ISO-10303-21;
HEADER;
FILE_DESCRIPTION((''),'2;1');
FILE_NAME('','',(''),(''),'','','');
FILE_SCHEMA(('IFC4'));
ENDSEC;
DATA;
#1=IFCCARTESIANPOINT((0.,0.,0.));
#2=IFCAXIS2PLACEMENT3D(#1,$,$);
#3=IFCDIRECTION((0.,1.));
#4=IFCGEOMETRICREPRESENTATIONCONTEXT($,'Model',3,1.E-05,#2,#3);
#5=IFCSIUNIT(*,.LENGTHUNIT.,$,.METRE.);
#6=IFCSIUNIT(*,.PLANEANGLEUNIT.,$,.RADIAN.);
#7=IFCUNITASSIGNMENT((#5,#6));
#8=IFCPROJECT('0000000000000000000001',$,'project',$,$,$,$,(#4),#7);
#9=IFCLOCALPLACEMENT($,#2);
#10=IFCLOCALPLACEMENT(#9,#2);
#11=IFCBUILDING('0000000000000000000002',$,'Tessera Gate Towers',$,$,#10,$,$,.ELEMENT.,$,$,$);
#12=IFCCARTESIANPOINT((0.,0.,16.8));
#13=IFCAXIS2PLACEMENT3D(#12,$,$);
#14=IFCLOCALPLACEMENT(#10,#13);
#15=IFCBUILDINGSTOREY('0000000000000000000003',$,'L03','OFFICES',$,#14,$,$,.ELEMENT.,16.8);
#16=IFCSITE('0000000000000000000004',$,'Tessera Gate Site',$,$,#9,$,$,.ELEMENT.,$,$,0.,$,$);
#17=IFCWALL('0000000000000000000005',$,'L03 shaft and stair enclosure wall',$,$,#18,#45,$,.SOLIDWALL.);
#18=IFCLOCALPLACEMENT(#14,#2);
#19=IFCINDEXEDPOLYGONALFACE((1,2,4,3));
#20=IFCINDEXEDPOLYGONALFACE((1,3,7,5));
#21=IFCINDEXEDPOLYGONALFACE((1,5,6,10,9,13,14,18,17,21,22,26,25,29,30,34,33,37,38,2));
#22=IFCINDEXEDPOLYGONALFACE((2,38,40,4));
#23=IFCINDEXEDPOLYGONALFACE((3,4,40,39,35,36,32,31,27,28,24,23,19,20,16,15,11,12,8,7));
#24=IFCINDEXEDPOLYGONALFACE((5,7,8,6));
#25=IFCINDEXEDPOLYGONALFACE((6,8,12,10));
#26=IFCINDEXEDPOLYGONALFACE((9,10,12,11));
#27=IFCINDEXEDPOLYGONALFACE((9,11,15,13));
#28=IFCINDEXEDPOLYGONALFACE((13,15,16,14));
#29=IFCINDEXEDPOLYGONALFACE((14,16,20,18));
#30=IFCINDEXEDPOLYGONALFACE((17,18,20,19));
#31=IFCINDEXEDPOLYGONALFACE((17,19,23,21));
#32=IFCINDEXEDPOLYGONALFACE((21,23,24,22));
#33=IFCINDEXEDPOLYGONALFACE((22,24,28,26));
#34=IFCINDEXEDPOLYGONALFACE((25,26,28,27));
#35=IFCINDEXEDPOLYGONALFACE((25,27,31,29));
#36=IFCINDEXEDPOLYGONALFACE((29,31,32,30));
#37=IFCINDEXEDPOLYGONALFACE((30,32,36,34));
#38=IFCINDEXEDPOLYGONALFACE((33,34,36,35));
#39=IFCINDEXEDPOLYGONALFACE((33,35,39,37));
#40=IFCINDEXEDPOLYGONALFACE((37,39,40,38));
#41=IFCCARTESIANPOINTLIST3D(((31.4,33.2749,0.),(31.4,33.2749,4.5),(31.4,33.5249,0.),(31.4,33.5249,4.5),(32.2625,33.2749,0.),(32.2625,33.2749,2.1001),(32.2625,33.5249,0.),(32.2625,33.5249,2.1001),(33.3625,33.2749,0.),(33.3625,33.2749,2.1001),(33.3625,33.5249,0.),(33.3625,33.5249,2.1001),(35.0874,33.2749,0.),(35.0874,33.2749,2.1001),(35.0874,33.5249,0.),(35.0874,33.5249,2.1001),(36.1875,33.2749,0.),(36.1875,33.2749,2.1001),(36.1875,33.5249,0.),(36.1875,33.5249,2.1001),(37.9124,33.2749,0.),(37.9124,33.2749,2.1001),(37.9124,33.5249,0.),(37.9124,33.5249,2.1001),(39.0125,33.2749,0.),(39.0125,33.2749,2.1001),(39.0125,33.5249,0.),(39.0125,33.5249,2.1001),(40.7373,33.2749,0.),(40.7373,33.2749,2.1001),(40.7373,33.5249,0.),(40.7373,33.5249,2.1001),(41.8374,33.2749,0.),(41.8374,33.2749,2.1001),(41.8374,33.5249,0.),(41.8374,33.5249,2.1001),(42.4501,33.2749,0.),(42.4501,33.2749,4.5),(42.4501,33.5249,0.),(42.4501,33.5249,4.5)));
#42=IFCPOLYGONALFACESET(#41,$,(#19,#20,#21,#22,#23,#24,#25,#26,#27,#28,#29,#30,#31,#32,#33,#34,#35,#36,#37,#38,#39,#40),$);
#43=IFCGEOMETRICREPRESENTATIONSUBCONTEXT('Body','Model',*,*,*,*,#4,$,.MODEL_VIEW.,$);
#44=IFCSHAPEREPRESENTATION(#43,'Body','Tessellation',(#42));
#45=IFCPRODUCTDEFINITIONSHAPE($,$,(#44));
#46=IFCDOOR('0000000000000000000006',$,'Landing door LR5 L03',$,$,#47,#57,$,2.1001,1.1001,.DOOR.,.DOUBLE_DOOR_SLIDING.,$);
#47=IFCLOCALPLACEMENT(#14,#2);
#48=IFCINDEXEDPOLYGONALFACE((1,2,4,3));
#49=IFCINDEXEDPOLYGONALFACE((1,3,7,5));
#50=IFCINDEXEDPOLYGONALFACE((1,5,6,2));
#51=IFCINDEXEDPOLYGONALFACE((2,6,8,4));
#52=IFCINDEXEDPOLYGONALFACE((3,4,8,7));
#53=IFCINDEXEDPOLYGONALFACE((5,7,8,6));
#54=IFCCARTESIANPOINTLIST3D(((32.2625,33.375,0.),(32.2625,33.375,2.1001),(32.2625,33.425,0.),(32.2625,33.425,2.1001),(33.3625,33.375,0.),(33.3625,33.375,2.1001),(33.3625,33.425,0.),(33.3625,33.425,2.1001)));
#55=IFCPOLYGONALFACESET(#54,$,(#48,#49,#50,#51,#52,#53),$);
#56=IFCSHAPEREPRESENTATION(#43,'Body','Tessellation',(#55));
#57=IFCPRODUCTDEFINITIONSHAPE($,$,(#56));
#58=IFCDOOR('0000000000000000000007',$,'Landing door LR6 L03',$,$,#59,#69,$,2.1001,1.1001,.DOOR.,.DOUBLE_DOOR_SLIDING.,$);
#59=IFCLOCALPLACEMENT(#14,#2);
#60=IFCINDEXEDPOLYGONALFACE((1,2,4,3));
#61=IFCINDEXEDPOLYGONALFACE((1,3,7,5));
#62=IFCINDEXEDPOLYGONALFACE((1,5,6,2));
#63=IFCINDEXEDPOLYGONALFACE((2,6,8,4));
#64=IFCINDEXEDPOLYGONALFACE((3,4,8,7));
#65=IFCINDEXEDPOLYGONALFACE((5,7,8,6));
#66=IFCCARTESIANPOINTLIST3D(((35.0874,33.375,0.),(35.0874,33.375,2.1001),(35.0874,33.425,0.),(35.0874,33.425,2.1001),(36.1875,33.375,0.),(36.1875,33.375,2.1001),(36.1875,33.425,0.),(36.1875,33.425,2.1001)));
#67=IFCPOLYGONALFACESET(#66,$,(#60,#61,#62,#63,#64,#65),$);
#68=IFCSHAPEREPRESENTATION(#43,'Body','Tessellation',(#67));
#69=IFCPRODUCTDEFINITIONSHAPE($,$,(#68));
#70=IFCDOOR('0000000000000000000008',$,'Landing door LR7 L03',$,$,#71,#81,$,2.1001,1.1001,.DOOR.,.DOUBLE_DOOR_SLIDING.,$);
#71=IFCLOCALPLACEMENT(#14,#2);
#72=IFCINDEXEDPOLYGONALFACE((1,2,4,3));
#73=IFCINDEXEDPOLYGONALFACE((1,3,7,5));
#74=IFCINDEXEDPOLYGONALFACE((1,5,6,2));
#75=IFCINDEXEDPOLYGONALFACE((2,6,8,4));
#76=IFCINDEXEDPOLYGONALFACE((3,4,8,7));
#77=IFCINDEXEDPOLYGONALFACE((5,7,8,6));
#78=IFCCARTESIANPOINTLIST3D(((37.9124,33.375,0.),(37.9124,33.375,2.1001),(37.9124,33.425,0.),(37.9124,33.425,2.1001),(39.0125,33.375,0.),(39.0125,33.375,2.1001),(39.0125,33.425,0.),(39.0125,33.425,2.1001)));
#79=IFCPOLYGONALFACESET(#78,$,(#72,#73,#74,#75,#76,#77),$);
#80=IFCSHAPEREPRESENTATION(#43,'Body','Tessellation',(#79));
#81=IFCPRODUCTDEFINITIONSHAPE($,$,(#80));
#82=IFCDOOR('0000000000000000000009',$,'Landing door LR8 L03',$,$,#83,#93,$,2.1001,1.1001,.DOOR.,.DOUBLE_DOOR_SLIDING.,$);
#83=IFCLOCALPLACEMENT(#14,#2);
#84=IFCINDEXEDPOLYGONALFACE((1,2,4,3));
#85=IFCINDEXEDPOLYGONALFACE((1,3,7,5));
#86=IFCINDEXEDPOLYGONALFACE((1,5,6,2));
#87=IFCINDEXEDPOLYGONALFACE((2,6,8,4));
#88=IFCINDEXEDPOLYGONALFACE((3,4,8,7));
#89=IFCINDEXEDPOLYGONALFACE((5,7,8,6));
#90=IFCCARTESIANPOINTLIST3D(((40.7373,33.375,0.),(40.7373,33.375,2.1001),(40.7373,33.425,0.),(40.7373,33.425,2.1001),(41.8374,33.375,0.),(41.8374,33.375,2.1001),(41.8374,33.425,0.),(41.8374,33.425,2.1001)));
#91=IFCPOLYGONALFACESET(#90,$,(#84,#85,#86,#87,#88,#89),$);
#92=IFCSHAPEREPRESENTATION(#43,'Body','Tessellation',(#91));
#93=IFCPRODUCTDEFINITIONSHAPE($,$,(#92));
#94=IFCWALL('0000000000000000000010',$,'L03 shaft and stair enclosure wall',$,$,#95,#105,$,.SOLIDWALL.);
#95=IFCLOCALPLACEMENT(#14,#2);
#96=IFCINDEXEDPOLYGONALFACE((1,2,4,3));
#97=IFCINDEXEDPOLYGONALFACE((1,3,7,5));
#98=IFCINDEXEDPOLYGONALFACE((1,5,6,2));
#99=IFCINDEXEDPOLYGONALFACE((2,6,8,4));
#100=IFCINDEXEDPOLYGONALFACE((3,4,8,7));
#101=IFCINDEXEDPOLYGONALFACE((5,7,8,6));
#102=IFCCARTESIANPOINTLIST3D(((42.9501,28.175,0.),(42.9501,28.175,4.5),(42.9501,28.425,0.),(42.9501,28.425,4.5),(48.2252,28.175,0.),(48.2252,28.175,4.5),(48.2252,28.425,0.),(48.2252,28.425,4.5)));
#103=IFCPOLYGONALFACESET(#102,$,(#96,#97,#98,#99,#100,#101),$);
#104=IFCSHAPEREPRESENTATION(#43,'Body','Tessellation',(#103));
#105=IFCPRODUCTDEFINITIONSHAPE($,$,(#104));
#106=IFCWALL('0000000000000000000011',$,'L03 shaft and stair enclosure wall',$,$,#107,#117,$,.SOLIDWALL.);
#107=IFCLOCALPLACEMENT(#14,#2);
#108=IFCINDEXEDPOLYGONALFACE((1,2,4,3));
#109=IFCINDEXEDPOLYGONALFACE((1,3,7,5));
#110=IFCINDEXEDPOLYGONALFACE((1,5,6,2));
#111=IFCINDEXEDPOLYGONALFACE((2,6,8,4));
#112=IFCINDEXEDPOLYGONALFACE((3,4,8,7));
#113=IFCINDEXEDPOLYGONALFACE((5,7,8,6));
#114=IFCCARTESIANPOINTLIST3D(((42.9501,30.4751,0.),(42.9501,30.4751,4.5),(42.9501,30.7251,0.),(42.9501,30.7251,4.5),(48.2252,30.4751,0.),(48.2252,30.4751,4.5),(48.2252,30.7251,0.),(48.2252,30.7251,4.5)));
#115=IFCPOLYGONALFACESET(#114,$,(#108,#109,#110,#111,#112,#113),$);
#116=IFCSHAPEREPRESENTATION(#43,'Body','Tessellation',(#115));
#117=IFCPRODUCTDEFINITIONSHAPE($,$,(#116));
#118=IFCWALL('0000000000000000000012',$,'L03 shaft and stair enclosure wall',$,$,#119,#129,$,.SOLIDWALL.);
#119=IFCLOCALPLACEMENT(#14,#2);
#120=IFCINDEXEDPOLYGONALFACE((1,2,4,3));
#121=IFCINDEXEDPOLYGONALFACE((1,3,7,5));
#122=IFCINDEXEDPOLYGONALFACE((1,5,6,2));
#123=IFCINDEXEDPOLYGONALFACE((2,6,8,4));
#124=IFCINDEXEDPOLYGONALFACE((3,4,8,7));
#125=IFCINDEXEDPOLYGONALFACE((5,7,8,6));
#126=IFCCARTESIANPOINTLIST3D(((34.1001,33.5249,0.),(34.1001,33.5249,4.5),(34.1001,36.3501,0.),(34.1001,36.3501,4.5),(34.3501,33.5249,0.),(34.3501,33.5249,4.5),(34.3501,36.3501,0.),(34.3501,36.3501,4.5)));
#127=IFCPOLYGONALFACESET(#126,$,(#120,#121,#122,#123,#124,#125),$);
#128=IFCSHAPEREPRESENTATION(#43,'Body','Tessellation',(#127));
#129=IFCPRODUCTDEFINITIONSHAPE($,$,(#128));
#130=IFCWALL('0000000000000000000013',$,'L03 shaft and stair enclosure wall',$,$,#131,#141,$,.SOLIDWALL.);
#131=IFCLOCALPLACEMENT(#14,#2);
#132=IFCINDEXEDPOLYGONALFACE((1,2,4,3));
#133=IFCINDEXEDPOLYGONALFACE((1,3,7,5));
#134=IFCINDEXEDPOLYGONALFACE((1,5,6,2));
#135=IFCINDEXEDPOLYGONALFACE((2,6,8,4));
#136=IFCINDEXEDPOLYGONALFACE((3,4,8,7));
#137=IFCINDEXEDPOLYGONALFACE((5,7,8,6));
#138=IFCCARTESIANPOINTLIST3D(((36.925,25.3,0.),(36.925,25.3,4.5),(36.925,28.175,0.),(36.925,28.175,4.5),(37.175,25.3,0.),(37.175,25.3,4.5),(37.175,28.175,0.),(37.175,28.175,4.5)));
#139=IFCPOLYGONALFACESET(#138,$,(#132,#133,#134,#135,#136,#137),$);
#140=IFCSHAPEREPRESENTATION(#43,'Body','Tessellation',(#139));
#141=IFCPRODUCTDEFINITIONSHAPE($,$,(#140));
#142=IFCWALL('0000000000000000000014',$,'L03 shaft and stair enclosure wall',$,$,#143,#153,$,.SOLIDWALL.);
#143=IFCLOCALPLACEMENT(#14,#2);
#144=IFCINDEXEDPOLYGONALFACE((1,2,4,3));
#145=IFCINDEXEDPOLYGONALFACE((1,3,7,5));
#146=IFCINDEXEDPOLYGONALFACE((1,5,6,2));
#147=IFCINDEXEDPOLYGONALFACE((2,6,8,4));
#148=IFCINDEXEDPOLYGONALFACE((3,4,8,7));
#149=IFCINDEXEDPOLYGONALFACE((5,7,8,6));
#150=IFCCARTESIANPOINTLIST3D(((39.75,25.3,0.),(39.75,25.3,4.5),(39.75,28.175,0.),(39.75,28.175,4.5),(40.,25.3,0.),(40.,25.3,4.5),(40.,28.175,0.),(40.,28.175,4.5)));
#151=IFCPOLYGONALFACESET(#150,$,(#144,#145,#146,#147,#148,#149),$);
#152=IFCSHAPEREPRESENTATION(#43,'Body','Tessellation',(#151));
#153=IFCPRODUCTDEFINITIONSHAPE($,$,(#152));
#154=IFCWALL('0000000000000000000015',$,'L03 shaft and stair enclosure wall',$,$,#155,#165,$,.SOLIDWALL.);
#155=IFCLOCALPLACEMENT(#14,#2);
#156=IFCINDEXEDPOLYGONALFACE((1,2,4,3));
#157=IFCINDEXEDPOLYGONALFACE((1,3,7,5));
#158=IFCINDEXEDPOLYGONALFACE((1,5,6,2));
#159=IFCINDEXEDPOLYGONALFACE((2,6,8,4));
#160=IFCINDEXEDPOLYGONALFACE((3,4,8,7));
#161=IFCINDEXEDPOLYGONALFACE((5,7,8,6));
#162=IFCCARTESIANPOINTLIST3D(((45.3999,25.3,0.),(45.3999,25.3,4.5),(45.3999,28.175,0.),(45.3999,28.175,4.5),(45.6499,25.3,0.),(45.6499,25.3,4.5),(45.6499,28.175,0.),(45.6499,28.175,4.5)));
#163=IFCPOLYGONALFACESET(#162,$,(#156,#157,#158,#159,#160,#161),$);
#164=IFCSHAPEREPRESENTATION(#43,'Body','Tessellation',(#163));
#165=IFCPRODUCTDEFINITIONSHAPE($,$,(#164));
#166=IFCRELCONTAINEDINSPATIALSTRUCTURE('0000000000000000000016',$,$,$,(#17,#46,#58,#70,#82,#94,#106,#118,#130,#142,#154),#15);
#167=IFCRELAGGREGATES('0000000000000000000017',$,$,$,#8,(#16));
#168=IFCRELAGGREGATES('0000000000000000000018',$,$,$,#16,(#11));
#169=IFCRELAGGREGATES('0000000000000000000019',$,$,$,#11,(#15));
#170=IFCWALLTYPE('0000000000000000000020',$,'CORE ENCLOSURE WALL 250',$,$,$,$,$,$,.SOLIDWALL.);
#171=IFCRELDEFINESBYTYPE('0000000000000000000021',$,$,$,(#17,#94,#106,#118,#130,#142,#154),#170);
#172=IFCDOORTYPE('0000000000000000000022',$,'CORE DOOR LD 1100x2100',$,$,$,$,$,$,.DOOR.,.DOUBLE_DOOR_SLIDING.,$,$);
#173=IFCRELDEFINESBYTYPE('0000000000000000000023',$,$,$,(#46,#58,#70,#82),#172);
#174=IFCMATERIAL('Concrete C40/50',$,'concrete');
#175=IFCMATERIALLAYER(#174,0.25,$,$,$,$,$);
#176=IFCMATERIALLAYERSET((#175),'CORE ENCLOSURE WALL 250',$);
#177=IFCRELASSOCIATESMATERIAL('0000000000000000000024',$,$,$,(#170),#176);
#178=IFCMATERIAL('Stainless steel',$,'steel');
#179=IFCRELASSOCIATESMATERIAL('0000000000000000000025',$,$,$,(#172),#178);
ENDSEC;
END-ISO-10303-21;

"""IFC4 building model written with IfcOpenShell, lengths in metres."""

from ifc_helpers import new_model, si_unit, direction, frame, frame_2d, origin, place, context, subcontext, project, spatial, rectangle, extrude, source, transform, mapped, material, layer, layer_set, type_object, element, fill, save


model = new_model("IFC4")

# Units and contexts
model_context = context("Model", 3, precision=1e-05, world=origin(), true_north=direction((0.0, 1.0)))
body_context = subcontext(model_context, "Body", "Model", "MODEL_VIEW")
ifc_project = project(units=[si_unit("LENGTHUNIT", "METRE"), si_unit("PLANEANGLEUNIT", "RADIAN")], contexts=[model_context])

# Site, building, storey
site_placement = place(None, origin())
site = spatial("IfcSite", under=ifc_project, at=site_placement, Name="Tessera Gate Site", CompositionType="ELEMENT", RefElevation=0.0)
building_placement = place(site_placement, origin())
building = spatial("IfcBuilding", under=site, at=building_placement, Name="Tessera Gate Towers", CompositionType="ELEMENT")
storey_placement = place(building_placement, frame((0.0, 0.0, 16.8)))
storey = spatial("IfcBuildingStorey", under=building, at=storey_placement, Name="L03", Description="OFFICES", CompositionType="ELEMENT", Elevation=16.8)

# Wall, openings, doors
ifc_material_1 = material(Name="Concrete C40/50", Category="concrete")
ifc_layer_1 = layer(ifc_material_1, 0.25)
ifc_layer_set_1 = layer_set([ifc_layer_1], Name="CORE ENCLOSURE WALL 250")
wall_type_1 = type_object("IfcWallType", Name="CORE ENCLOSURE WALL 250", PredefinedType="SOLIDWALL", material=ifc_layer_set_1)
wall_1_placement = place(storey_placement, frame((42.45, 33.3999, 0.0), z_axis=(0.0, 0.0, 1.0), x_axis=(-1.0, 0.0, 0.0)))
wall_1 = element("IfcWall", 1, at=wall_1_placement, inside=storey, type_object=wall_type_1, Name="L03 shaft and stair enclosure wall", PredefinedType="SOLIDWALL", context=body_context, shape_type="SweptSolid", body=[
    extrude(rectangle(XDim=11.05, YDim=0.25, at=frame_2d((5.5249, 0.0))), origin(), (0.0, 0.0, 1.0), 4.5),
])
shared_shape_1 = source(origin(), body_context, "Body", "SweptSolid", [
    extrude(rectangle(XDim=1.1001, YDim=2.1001, at=frame_2d((0.55, 1.05))), frame((0.0, 0.135, 0.0), z_axis=(0.0, -1.0, 0.0), x_axis=(1.0, 0.0, 0.0)), (0.0, 0.0, 1.0), 0.27),
])
opening_1_placement = place(wall_1_placement, frame((9.0874, 0.0, 0.0)))
opening_1 = element("IfcOpeningElement", 2, at=opening_1_placement, cuts=wall_1, PredefinedType="OPENING", context=body_context, shape_type="MappedRepresentation", body=[
    mapped(shared_shape_1, transform((0.0, 0.0, 0.0), scale=1.0)),
])
opening_2_placement = place(wall_1_placement, frame((6.2625, 0.0, 0.0)))
opening_2 = element("IfcOpeningElement", 3, at=opening_2_placement, cuts=wall_1, PredefinedType="OPENING", context=body_context, shape_type="MappedRepresentation", body=[
    mapped(shared_shape_1, transform((0.0, 0.0, 0.0), scale=1.0)),
])
opening_3_placement = place(wall_1_placement, frame((3.4375, 0.0, 0.0)))
opening_3 = element("IfcOpeningElement", 4, at=opening_3_placement, cuts=wall_1, PredefinedType="OPENING", context=body_context, shape_type="MappedRepresentation", body=[
    mapped(shared_shape_1, transform((0.0, 0.0, 0.0), scale=1.0)),
])
opening_4_placement = place(wall_1_placement, frame((0.6125, 0.0, 0.0)))
opening_4 = element("IfcOpeningElement", 5, at=opening_4_placement, cuts=wall_1, PredefinedType="OPENING", context=body_context, shape_type="MappedRepresentation", body=[
    mapped(shared_shape_1, transform((0.0, 0.0, 0.0), scale=1.0)),
])
ifc_material_2 = material(Name="Stainless steel", Category="steel")
door_type_1 = type_object("IfcDoorType", Name="CORE DOOR LD 1100x2100", OperationType="DOUBLE_DOOR_SLIDING", PredefinedType="DOOR", material=ifc_material_2)
shared_shape_2 = source(origin(), body_context, "Body", "SweptSolid", [
    extrude(rectangle(XDim=1.1001, YDim=2.1001, at=frame_2d((0.55, 1.05))), frame((0.0, 0.0249, 0.0), z_axis=(0.0, -1.0, 0.0), x_axis=(1.0, 0.0, 0.0)), (0.0, 0.0, 1.0), 0.05),
])
door_1_placement = place(opening_1_placement, origin())
door_1 = element("IfcDoor", 6, at=door_1_placement, inside=storey, type_object=door_type_1, Name="Landing door LR5 L03", OperationType="DOUBLE_DOOR_SLIDING", OverallHeight=2.1001, OverallWidth=1.1001, PredefinedType="DOOR", context=body_context, shape_type="MappedRepresentation", body=[
    mapped(shared_shape_2, transform((0.0, 0.0, 0.0), scale=1.0)),
])
fill(opening_1, door_1)
door_2_placement = place(opening_2_placement, origin())
door_2 = element("IfcDoor", 7, at=door_2_placement, inside=storey, type_object=door_type_1, Name="Landing door LR6 L03", OperationType="DOUBLE_DOOR_SLIDING", OverallHeight=2.1001, OverallWidth=1.1001, PredefinedType="DOOR", context=body_context, shape_type="MappedRepresentation", body=[
    mapped(shared_shape_2, transform((0.0, 0.0, 0.0), scale=1.0)),
])
fill(opening_2, door_2)
door_3_placement = place(opening_3_placement, origin())
door_3 = element("IfcDoor", 8, at=door_3_placement, inside=storey, type_object=door_type_1, Name="Landing door LR7 L03", OperationType="DOUBLE_DOOR_SLIDING", OverallHeight=2.1001, OverallWidth=1.1001, PredefinedType="DOOR", context=body_context, shape_type="MappedRepresentation", body=[
    mapped(shared_shape_2, transform((0.0, 0.0, 0.0), scale=1.0)),
])
fill(opening_3, door_3)
door_4_placement = place(opening_4_placement, origin())
door_4 = element("IfcDoor", 9, at=door_4_placement, inside=storey, type_object=door_type_1, Name="Landing door LR8 L03", OperationType="DOUBLE_DOOR_SLIDING", OverallHeight=2.1001, OverallWidth=1.1001, PredefinedType="DOOR", context=body_context, shape_type="MappedRepresentation", body=[
    mapped(shared_shape_2, transform((0.0, 0.0, 0.0), scale=1.0)),
])
fill(opening_4, door_4)

# Walls
for number, where, z_axis, x_axis, name in (
    (10, (42.95, 28.3, 0.0), (0.0, 0.0, 1.0), (1.0, 0.0, 0.0), "L03 shaft and stair enclosure wall"),
    (11, (42.95, 30.6001, 0.0), (0.0, 0.0, 1.0), (1.0, 0.0, 0.0), "L03 shaft and stair enclosure wall"),
):
    element("IfcWall", number, at=place(storey_placement, frame(where, z_axis=z_axis, x_axis=x_axis)), inside=storey, type_object=wall_type_1, Name=name, PredefinedType="SOLIDWALL", context=body_context, shape_type="SweptSolid", body=[
        extrude(rectangle(XDim=5.2751, YDim=0.25, at=frame_2d((2.6377, 0.0))), origin(), (0.0, 0.0, 1.0), 4.5),
    ])
wall_2_placement = place(storey_placement, frame((34.2251, 33.5249, 0.0), z_axis=(0.0, 0.0, 1.0), x_axis=(0.0, 1.0, 0.0)))
element("IfcWall", 12, at=wall_2_placement, inside=storey, type_object=wall_type_1, Name="L03 shaft and stair enclosure wall", PredefinedType="SOLIDWALL", context=body_context, shape_type="SweptSolid", body=[
    extrude(rectangle(XDim=2.8252, YDim=0.25, at=frame_2d((1.4126, 0.0))), origin(), (0.0, 0.0, 1.0), 4.5),
])
for number, where, z_axis, x_axis, name in (
    (13, (37.05, 25.3, 0.0), (0.0, 0.0, 1.0), (0.0, 1.0, 0.0), "L03 shaft and stair enclosure wall"),
    (14, (39.875, 25.3, 0.0), (0.0, 0.0, 1.0), (0.0, 1.0, 0.0), "L03 shaft and stair enclosure wall"),
    (15, (45.5249, 25.3, 0.0), (0.0, 0.0, 1.0), (0.0, 1.0, 0.0), "L03 shaft and stair enclosure wall"),
):
    element("IfcWall", number, at=place(storey_placement, frame(where, z_axis=z_axis, x_axis=x_axis)), inside=storey, type_object=wall_type_1, Name=name, PredefinedType="SOLIDWALL", context=body_context, shape_type="SweptSolid", body=[
        extrude(rectangle(XDim=2.875, YDim=0.25, at=frame_2d((1.4375, 0.0))), origin(), (0.0, 0.0, 1.0), 4.5),
    ])

save(model, "model.ifc")
